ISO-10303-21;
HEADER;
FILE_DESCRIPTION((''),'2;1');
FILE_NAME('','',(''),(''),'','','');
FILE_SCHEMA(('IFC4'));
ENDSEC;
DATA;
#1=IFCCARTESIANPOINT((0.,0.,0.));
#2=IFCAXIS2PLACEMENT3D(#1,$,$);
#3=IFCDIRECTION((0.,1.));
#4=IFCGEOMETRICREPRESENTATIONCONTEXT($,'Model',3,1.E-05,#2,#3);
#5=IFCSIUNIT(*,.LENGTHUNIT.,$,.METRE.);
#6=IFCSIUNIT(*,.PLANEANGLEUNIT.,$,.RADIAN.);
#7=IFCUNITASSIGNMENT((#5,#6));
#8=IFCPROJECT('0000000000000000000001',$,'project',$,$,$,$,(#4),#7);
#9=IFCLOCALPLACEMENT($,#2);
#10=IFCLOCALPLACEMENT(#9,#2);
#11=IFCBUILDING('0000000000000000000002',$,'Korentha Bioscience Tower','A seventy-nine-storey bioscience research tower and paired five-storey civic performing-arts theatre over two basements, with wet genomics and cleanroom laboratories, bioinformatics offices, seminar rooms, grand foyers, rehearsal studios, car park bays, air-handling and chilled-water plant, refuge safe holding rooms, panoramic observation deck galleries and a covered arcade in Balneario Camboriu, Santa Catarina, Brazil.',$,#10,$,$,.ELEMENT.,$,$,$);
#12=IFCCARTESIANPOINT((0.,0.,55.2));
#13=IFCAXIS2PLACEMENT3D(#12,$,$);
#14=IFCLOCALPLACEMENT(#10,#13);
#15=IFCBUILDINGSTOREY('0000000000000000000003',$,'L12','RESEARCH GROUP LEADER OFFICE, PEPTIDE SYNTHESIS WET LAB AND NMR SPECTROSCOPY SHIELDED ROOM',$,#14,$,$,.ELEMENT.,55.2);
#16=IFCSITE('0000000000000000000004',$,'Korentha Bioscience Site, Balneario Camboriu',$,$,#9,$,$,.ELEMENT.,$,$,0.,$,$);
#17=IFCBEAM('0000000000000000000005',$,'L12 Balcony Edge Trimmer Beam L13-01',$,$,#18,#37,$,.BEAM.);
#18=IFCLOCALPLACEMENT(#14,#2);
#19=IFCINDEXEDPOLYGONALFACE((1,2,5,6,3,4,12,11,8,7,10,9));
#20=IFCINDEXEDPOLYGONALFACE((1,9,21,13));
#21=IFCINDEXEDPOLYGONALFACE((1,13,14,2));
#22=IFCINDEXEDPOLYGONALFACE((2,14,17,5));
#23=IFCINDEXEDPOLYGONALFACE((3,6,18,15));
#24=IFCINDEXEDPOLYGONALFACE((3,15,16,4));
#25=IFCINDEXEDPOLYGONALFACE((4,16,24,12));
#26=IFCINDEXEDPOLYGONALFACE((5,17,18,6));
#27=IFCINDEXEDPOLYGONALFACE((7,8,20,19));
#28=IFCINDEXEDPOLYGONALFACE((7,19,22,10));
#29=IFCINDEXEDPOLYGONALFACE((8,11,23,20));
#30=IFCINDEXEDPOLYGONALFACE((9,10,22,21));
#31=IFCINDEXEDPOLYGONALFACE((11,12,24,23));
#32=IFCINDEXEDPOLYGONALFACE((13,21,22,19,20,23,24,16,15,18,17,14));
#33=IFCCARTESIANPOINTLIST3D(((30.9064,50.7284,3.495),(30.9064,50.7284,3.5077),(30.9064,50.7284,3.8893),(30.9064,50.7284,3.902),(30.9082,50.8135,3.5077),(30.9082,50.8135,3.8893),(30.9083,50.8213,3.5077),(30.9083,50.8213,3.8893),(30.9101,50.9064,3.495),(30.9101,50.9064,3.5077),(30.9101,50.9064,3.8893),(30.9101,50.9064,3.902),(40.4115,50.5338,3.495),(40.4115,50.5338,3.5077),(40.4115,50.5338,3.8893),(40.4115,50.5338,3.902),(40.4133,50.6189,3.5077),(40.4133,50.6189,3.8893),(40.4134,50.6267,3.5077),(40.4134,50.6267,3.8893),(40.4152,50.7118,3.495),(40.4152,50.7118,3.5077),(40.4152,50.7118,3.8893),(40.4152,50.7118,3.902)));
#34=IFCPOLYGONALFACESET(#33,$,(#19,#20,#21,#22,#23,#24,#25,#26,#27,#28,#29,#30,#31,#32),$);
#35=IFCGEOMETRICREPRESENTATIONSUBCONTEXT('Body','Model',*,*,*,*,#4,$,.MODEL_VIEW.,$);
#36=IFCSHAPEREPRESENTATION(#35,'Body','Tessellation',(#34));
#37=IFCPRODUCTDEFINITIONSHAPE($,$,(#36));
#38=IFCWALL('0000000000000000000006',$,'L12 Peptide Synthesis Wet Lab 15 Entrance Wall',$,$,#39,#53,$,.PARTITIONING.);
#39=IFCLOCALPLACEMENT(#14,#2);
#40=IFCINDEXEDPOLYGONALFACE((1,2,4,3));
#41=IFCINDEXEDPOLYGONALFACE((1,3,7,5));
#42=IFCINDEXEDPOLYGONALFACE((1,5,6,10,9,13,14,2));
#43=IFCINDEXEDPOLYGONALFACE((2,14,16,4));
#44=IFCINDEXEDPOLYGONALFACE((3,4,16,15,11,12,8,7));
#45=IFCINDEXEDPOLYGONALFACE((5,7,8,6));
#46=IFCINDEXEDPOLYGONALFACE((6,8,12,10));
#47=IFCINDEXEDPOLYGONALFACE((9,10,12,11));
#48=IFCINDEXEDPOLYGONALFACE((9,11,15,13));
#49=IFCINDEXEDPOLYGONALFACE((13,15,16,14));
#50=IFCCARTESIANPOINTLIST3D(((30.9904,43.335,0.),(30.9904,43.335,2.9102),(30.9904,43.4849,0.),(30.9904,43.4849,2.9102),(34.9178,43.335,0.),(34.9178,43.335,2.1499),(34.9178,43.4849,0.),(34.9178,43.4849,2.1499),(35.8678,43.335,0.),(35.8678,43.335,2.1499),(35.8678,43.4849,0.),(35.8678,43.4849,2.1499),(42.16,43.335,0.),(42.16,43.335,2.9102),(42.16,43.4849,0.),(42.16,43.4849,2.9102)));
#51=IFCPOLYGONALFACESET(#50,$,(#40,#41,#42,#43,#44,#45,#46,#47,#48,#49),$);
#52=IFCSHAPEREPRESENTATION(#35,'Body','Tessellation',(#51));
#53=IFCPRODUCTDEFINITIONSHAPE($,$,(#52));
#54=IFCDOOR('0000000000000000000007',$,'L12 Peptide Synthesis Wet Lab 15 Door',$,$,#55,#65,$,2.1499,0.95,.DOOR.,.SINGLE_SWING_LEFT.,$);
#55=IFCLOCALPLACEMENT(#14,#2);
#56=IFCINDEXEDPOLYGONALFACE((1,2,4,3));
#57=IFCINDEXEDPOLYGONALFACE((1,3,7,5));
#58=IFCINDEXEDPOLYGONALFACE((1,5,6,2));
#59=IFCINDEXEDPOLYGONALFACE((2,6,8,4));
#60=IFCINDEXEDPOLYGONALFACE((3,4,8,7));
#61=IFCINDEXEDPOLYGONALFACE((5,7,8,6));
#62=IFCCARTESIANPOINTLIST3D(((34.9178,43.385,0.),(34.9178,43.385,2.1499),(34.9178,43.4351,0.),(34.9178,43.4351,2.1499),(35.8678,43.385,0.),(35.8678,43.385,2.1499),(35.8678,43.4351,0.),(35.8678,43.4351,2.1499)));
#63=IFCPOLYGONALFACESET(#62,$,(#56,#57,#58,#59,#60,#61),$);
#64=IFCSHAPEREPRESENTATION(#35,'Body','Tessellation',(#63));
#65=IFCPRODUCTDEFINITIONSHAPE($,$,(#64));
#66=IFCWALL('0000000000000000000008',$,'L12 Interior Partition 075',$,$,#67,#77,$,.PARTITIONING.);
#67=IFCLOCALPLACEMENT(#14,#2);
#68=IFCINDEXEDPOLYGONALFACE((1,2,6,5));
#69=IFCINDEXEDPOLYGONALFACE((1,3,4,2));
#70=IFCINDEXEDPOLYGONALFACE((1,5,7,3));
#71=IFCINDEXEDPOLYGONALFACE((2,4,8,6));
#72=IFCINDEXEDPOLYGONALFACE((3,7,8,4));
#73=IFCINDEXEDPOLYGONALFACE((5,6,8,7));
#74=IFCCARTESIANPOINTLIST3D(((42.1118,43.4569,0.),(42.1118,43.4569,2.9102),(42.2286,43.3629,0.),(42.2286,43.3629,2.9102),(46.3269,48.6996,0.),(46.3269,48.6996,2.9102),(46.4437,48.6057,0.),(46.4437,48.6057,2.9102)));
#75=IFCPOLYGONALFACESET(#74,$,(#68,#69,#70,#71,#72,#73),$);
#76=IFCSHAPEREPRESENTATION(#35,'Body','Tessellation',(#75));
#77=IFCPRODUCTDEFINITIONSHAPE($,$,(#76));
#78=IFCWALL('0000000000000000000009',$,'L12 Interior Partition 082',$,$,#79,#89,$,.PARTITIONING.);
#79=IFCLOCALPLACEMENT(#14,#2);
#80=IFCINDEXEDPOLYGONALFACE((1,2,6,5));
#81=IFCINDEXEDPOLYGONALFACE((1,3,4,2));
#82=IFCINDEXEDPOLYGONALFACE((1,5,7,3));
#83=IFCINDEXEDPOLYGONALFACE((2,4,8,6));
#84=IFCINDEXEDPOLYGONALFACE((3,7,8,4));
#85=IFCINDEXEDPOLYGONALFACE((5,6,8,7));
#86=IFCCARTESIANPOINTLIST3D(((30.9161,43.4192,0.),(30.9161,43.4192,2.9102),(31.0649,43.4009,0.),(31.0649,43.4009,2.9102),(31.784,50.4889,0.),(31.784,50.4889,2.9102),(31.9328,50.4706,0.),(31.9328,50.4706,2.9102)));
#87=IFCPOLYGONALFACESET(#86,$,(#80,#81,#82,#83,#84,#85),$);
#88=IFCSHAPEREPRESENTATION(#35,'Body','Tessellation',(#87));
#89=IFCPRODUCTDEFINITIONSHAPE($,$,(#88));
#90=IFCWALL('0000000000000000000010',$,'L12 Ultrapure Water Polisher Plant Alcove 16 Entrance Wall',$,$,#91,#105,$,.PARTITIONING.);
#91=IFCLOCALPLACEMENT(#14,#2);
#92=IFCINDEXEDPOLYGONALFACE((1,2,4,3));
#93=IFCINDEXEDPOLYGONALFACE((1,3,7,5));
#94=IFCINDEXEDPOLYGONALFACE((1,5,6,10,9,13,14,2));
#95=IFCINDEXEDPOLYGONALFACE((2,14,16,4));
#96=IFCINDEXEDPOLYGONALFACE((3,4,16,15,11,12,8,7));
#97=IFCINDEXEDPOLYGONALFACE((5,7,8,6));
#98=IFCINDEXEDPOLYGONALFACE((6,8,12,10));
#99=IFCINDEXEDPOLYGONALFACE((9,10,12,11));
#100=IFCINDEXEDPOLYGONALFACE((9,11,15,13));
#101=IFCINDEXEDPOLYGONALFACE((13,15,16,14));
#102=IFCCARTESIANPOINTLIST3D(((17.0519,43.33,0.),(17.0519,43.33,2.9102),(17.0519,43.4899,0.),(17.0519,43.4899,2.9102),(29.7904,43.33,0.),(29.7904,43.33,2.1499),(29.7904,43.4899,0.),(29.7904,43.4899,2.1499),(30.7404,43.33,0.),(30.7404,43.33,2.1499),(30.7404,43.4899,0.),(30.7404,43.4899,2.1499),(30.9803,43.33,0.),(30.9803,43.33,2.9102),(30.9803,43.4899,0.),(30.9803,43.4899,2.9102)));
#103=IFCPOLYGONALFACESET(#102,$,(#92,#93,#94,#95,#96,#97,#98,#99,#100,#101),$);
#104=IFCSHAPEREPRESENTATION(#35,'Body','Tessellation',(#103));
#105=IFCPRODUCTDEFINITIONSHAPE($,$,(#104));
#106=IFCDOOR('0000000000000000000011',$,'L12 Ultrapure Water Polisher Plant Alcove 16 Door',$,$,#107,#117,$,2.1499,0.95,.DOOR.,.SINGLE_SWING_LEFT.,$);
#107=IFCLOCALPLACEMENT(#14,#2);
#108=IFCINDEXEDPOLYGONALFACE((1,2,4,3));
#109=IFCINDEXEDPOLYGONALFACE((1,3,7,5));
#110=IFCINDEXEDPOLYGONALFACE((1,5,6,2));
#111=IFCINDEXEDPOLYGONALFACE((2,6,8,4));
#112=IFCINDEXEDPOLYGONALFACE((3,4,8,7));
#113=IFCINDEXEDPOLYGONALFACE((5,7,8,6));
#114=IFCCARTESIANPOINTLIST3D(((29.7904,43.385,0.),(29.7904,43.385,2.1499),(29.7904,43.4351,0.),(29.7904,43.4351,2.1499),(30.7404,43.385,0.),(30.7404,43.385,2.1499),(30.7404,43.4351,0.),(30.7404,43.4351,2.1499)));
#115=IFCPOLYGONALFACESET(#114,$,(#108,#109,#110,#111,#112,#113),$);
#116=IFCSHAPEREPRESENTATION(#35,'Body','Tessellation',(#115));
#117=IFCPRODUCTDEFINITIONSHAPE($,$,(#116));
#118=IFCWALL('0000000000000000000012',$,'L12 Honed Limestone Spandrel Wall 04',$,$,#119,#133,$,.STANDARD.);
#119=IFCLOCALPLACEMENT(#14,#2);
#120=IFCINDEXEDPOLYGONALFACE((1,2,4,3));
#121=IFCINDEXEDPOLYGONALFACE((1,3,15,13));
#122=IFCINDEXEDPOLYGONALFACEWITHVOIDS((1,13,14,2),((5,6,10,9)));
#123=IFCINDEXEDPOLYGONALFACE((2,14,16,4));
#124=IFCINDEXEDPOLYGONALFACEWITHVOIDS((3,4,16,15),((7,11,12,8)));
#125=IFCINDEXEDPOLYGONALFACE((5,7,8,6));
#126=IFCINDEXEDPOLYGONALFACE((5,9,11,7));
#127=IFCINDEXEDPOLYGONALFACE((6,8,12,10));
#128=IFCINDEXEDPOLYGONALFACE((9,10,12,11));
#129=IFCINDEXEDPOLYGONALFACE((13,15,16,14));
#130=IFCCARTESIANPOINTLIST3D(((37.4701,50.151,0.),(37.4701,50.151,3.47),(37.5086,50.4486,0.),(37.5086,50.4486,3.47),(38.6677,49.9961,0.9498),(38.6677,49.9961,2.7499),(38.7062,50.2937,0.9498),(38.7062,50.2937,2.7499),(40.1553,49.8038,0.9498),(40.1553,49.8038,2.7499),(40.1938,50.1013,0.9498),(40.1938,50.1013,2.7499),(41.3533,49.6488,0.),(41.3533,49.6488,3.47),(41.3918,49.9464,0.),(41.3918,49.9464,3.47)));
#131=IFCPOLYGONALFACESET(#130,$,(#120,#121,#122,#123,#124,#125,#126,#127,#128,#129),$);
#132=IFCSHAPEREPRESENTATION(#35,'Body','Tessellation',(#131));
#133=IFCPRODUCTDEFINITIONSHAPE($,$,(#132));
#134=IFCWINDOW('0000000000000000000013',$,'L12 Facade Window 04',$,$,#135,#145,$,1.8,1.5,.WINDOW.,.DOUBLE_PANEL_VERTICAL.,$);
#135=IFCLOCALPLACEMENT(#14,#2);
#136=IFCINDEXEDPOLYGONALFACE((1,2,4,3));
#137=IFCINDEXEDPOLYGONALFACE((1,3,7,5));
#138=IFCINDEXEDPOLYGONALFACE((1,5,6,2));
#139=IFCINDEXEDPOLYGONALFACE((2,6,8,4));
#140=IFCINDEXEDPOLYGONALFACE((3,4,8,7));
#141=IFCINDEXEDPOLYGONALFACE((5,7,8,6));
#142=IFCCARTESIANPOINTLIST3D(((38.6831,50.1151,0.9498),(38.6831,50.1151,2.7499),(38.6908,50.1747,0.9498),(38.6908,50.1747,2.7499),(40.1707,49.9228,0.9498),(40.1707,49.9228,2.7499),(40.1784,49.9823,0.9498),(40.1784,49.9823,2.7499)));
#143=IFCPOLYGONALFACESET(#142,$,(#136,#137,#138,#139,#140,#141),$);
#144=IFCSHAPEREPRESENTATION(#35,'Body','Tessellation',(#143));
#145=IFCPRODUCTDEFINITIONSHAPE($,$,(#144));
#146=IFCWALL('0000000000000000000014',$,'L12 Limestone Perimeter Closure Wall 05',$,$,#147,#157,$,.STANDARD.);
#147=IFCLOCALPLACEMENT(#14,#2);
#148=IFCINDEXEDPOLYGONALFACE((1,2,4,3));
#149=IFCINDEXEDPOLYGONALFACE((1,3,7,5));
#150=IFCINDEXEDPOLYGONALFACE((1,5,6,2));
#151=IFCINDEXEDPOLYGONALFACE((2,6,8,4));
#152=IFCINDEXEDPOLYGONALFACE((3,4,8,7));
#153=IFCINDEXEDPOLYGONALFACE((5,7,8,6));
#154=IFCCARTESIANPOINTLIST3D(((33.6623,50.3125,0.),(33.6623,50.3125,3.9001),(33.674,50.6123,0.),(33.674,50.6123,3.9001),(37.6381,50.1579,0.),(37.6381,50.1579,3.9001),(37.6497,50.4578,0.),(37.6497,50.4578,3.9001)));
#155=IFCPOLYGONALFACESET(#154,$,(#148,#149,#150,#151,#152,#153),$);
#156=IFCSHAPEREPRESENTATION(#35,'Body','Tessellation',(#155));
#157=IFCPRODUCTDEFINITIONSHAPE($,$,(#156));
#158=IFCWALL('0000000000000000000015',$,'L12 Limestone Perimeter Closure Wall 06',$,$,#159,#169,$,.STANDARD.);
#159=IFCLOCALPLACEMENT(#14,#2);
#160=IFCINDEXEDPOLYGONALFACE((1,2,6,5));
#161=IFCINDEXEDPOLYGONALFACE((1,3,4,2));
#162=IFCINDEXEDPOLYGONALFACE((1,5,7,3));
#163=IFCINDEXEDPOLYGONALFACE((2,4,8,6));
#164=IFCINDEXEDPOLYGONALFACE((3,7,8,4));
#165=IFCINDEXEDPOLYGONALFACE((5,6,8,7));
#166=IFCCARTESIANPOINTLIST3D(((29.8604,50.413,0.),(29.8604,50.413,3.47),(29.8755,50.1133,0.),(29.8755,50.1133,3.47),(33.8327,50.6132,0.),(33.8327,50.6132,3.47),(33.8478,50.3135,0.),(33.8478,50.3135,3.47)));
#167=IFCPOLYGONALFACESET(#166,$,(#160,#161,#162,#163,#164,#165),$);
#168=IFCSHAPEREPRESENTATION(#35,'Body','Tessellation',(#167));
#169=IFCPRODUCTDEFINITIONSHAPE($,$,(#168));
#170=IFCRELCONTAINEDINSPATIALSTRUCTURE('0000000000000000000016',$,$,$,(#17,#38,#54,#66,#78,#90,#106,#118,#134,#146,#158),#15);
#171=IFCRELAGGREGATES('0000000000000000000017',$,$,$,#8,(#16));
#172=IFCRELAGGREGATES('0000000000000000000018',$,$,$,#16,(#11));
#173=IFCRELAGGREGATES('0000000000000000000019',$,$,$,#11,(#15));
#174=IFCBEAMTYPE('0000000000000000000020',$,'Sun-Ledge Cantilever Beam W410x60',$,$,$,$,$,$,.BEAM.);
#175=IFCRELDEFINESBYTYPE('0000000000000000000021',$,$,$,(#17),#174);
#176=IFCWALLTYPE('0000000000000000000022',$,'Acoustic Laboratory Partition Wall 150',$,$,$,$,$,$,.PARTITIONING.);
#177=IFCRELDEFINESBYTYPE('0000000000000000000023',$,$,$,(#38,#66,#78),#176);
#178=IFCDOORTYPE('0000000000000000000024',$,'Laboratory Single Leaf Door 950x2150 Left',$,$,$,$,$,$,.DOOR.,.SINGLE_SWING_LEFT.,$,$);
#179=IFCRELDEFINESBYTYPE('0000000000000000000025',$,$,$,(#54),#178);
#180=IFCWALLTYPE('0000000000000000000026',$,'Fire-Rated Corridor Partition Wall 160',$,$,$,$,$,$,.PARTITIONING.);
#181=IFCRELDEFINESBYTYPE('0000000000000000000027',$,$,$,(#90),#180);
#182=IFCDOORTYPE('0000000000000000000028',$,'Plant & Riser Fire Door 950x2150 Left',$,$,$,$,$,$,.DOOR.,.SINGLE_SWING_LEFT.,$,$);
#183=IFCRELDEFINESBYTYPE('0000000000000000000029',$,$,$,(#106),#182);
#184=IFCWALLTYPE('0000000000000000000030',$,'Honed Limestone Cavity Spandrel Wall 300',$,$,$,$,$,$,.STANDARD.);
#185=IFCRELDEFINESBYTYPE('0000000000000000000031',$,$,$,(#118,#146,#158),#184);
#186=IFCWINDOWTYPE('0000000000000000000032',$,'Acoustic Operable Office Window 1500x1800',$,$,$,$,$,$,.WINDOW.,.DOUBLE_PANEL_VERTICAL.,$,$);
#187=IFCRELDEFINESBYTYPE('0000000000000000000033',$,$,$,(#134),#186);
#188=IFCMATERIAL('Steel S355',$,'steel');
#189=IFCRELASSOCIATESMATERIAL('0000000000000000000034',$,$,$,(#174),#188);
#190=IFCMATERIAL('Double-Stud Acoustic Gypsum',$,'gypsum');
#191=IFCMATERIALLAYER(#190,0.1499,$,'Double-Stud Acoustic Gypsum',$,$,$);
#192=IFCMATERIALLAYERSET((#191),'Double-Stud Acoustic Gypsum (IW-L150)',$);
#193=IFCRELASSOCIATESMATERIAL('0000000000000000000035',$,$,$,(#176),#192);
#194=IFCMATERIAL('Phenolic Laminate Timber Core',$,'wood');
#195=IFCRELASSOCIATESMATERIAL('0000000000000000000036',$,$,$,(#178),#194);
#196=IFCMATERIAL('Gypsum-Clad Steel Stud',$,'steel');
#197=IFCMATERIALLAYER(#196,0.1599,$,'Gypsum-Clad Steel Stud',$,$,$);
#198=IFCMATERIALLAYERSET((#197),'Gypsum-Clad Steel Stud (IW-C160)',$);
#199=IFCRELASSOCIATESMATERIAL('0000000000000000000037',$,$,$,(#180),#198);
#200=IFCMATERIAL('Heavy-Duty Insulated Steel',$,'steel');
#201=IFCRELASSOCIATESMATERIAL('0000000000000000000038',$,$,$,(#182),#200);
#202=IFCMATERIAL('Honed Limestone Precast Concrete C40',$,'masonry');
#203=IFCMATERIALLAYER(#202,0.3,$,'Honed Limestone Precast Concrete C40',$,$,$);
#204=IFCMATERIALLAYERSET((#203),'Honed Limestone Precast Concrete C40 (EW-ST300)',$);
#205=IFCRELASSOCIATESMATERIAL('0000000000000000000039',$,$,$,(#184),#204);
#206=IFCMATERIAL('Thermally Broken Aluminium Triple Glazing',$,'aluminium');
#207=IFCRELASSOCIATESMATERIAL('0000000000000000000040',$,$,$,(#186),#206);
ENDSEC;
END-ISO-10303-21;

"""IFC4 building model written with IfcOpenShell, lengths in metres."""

from ifc_helpers import new_model, si_unit, direction, frame, frame_2d, origin, origin_2d, place, context, subcontext, project, spatial, rectangle, i_section, extrude, material, layer, layer_set, material_profile, profile_set, type_object, element, fill, save


model = new_model("IFC4")

# Units and contexts
model_context = context("Model", 3, precision=1e-05, world=origin(), true_north=direction((0.0, 1.0)))
body_context = subcontext(model_context, "Body", "Model", "MODEL_VIEW")
ifc_project = project(units=[si_unit("LENGTHUNIT", "METRE"), si_unit("PLANEANGLEUNIT", "RADIAN")], contexts=[model_context])

# Site, building, storey
site_placement = place(None, origin())
site = spatial("IfcSite", under=ifc_project, at=site_placement, Name="Korentha Bioscience Site, Balneario Camboriu", CompositionType="ELEMENT", RefElevation=0.0)
building_placement = place(site_placement, origin())
building = spatial("IfcBuilding", under=site, at=building_placement, Name="Korentha Bioscience Tower", Description="A seventy-nine-storey bioscience research tower and paired five-storey civic performing-arts theatre over two basements, with wet genomics and cleanroom laboratories, bioinformatics offices, seminar rooms, grand foyers, rehearsal studios, car park bays, air-handling and chilled-water plant, refuge safe holding rooms, panoramic observation deck galleries and a covered arcade in Balneario Camboriu, Santa Catarina, Brazil.", CompositionType="ELEMENT")
storey_placement = place(building_placement, frame((0.0, 0.0, 55.2)))
storey = spatial("IfcBuildingStorey", under=building, at=storey_placement, Name="L12", Description="RESEARCH GROUP LEADER OFFICE, PEPTIDE SYNTHESIS WET LAB AND NMR SPECTROSCOPY SHIELDED ROOM", CompositionType="ELEMENT", Elevation=55.2)

# Beam
ifc_material_1 = material(Name="Steel S355", Category="steel")
ifc_material_profile_1 = material_profile(ifc_material_1, i_section(OverallWidth=0.178, OverallDepth=0.407, WebThickness=0.0078, FlangeThickness=0.0127, at=origin_2d()), Name="Steel S355")
ifc_profile_set_1 = profile_set([ifc_material_profile_1], Name="Steel S355 (CB-410)")
beam_type_1 = type_object("IfcBeamType", Name="Sun-Ledge Cantilever Beam W410x60", PredefinedType="BEAM", material=ifc_profile_set_1)
beam_1_placement = place(storey_placement, frame((40.4133, 50.6228, 3.6985), z_axis=(-0.999791, 0.020467, 0.0), x_axis=(-0.020467, -0.999791, 0.0)))
element("IfcBeam", 1, at=beam_1_placement, inside=storey, type_object=beam_type_1, Name="L12 Balcony Edge Trimmer Beam L13-01", PredefinedType="BEAM", context=body_context, shape_type="SweptSolid", body=[
    extrude(i_section(OverallWidth=0.178, OverallDepth=0.407, WebThickness=0.0078, FlangeThickness=0.0127, at=origin_2d()), origin(), (0.0, 0.0, 1.0), 9.5071),
])

# Wall, opening, door
ifc_material_2 = material(Name="Double-Stud Acoustic Gypsum", Category="gypsum")
ifc_layer_1 = layer(ifc_material_2, 0.1499, Name="Double-Stud Acoustic Gypsum")
ifc_layer_set_1 = layer_set([ifc_layer_1], Name="Double-Stud Acoustic Gypsum (IW-L150)")
wall_type_1 = type_object("IfcWallType", Name="Acoustic Laboratory Partition Wall 150", PredefinedType="PARTITIONING", material=ifc_layer_set_1)
wall_1_placement = place(storey_placement, frame((42.1602, 43.4099, 0.0), z_axis=(0.0, 0.0, 1.0), x_axis=(-1.0, 0.0, 0.0)))
wall_1 = element("IfcWall", 2, at=wall_1_placement, inside=storey, type_object=wall_type_1, Name="L12 Peptide Synthesis Wet Lab 15 Entrance Wall", PredefinedType="PARTITIONING", context=body_context, shape_type="SweptSolid", body=[
    extrude(rectangle(XDim=11.1697, YDim=0.1499, at=frame_2d((5.585, 0.0))), origin(), (0.0, 0.0, 1.0), 2.9102),
])
opening_1_placement = place(wall_1_placement, frame((6.2922, 0.0, 0.0)))
opening_1 = element("IfcOpeningElement", 3, at=opening_1_placement, cuts=wall_1, PredefinedType="OPENING", context=body_context, shape_type="SweptSolid", body=[
    extrude(rectangle(XDim=0.95, YDim=2.1499, at=frame_2d((0.4751, 1.075))), frame((0.0, 0.0898, 0.0), z_axis=(0.0, -1.0, 0.0), x_axis=(1.0, 0.0, 0.0)), (0.0, 0.0, 1.0), 0.1797),
])
ifc_material_3 = material(Name="Phenolic Laminate Timber Core", Category="wood")
door_type_1 = type_object("IfcDoorType", Name="Laboratory Single Leaf Door 950x2150 Left", OperationType="SINGLE_SWING_LEFT", PredefinedType="DOOR", material=ifc_material_3)
door_1_placement = place(opening_1_placement, origin())
door_1 = element("IfcDoor", 4, at=door_1_placement, inside=storey, type_object=door_type_1, Name="L12 Peptide Synthesis Wet Lab 15 Door", OperationType="SINGLE_SWING_LEFT", OverallHeight=2.1499, OverallWidth=0.95, PredefinedType="DOOR", context=body_context, shape_type="SweptSolid", body=[
    extrude(rectangle(XDim=0.95, YDim=2.1499, at=frame_2d((0.4751, 1.075))), frame((0.0, 0.0249, 0.0), z_axis=(0.0, -1.0, 0.0), x_axis=(1.0, 0.0, 0.0)), (0.0, 0.0, 1.0), 0.05),
])
fill(opening_1, door_1)

# Walls
wall_2_placement = place(storey_placement, frame((42.1702, 43.4099, 0.0), z_axis=(0.0, 0.0, 1.0), x_axis=(0.626592, 0.779348, 0.0)))
element("IfcWall", 5, at=wall_2_placement, inside=storey, type_object=wall_type_1, Name="L12 Interior Partition 075", PredefinedType="PARTITIONING", context=body_context, shape_type="SweptSolid", body=[
    extrude(rectangle(XDim=6.7271, YDim=0.1499, at=frame_2d((3.3635, 0.0))), origin(), (0.0, 0.0, 1.0), 2.9102),
])
wall_3_placement = place(storey_placement, frame((30.9905, 43.4099, 0.0), z_axis=(0.0, 0.0, 1.0), x_axis=(0.121849, 0.992549, 0.0)))
element("IfcWall", 6, at=wall_3_placement, inside=storey, type_object=wall_type_1, Name="L12 Interior Partition 082", PredefinedType="PARTITIONING", context=body_context, shape_type="SweptSolid", body=[
    extrude(rectangle(XDim=7.1228, YDim=0.1499, at=frame_2d((3.5615, 0.0))), origin(), (0.0, 0.0, 1.0), 2.9102),
])

# Wall, opening, door
ifc_material_4 = material(Name="Gypsum-Clad Steel Stud", Category="steel")
ifc_layer_2 = layer(ifc_material_4, 0.1599, Name="Gypsum-Clad Steel Stud")
ifc_layer_set_2 = layer_set([ifc_layer_2], Name="Gypsum-Clad Steel Stud (IW-C160)")
wall_type_2 = type_object("IfcWallType", Name="Fire-Rated Corridor Partition Wall 160", PredefinedType="PARTITIONING", material=ifc_layer_set_2)
wall_4_placement = place(storey_placement, frame((30.9805, 43.4099, 0.0), z_axis=(0.0, 0.0, 1.0), x_axis=(-1.0, 0.0, 0.0)))
wall_4 = element("IfcWall", 7, at=wall_4_placement, inside=storey, type_object=wall_type_2, Name="L12 Ultrapure Water Polisher Plant Alcove 16 Entrance Wall", PredefinedType="PARTITIONING", context=body_context, shape_type="SweptSolid", body=[
    extrude(rectangle(XDim=13.9285, YDim=0.1599, at=frame_2d((6.9644, 0.0))), origin(), (0.0, 0.0, 1.0), 2.9102),
])
opening_2_placement = place(wall_4_placement, frame((0.24, 0.0, 0.0)))
opening_2 = element("IfcOpeningElement", 8, at=opening_2_placement, cuts=wall_4, PredefinedType="OPENING", context=body_context, shape_type="SweptSolid", body=[
    extrude(rectangle(XDim=0.95, YDim=2.1499, at=frame_2d((0.4751, 1.075))), frame((0.0, 0.0947, 0.0), z_axis=(0.0, -1.0, 0.0), x_axis=(1.0, 0.0, 0.0)), (0.0, 0.0, 1.0), 0.1897),
])
ifc_material_5 = material(Name="Heavy-Duty Insulated Steel", Category="steel")
door_type_2 = type_object("IfcDoorType", Name="Plant & Riser Fire Door 950x2150 Left", OperationType="SINGLE_SWING_LEFT", PredefinedType="DOOR", material=ifc_material_5)
door_2_placement = place(opening_2_placement, origin())
door_2 = element("IfcDoor", 9, at=door_2_placement, inside=storey, type_object=door_type_2, Name="L12 Ultrapure Water Polisher Plant Alcove 16 Door", OperationType="SINGLE_SWING_LEFT", OverallHeight=2.1499, OverallWidth=0.95, PredefinedType="DOOR", context=body_context, shape_type="SweptSolid", body=[
    extrude(rectangle(XDim=0.95, YDim=2.1499, at=frame_2d((0.4751, 1.075))), frame((0.0, 0.0249, 0.0), z_axis=(0.0, -1.0, 0.0), x_axis=(1.0, 0.0, 0.0)), (0.0, 0.0, 1.0), 0.05),
])
fill(opening_2, door_2)

# Wall, opening, window
ifc_material_6 = material(Name="Honed Limestone Precast Concrete C40", Category="masonry")
ifc_layer_3 = layer(ifc_material_6, 0.3, Name="Honed Limestone Precast Concrete C40")
ifc_layer_set_3 = layer_set([ifc_layer_3], Name="Honed Limestone Precast Concrete C40 (EW-ST300)")
wall_type_3 = type_object("IfcWallType", Name="Honed Limestone Cavity Spandrel Wall 300", PredefinedType="STANDARD", material=ifc_layer_set_3)
wall_5_placement = place(storey_placement, frame((41.3726, 49.7976, 0.0), z_axis=(0.0, 0.0, 1.0), x_axis=(-0.991741, 0.128254, 0.0)))
wall_5 = element("IfcWall", 10, at=wall_5_placement, inside=storey, type_object=wall_type_3, Name="L12 Honed Limestone Spandrel Wall 04", PredefinedType="STANDARD", context=body_context, shape_type="SweptSolid", body=[
    extrude(rectangle(XDim=3.9155, YDim=0.3, at=frame_2d((1.9578, 0.0))), origin(), (0.0, 0.0, 1.0), 3.47),
])
opening_3_placement = place(wall_5_placement, frame((1.208, 0.0, 0.95)))
opening_3 = element("IfcOpeningElement", 11, at=opening_3_placement, cuts=wall_5, PredefinedType="OPENING", context=body_context, shape_type="SweptSolid", body=[
    extrude(rectangle(XDim=1.5, YDim=1.8, at=frame_2d((0.75, 0.8999))), frame((0.0, 0.165, 0.0), z_axis=(0.0, -1.0, 0.0), x_axis=(1.0, 0.0, 0.0)), (0.0, 0.0, 1.0), 0.3298),
])
ifc_material_7 = material(Name="Thermally Broken Aluminium Triple Glazing", Category="aluminium")
window_type = type_object("IfcWindowType", Name="Acoustic Operable Office Window 1500x1800", PartitioningType="DOUBLE_PANEL_VERTICAL", PredefinedType="WINDOW", material=ifc_material_7)
window_placement = place(opening_3_placement, origin())
window = element("IfcWindow", 12, at=window_placement, inside=storey, type_object=window_type, Name="L12 Facade Window 04", OverallHeight=1.8, OverallWidth=1.5, PartitioningType="DOUBLE_PANEL_VERTICAL", PredefinedType="WINDOW", context=body_context, shape_type="SweptSolid", body=[
    extrude(rectangle(XDim=1.5, YDim=1.8, at=frame_2d((0.75, 0.8999))), frame((0.0, 0.03, 0.0), z_axis=(0.0, -1.0, 0.0), x_axis=(1.0, 0.0, 0.0)), (0.0, 0.0, 1.0), 0.0601),
])
fill(opening_3, window)

# Walls
wall_6_placement = place(storey_placement, frame((37.6438, 50.3079, 0.0), z_axis=(0.0, 0.0, 1.0), x_axis=(-0.999245, 0.038841, 0.0)))
element("IfcWall", 13, at=wall_6_placement, inside=storey, type_object=wall_type_3, Name="L12 Limestone Perimeter Closure Wall 05", PredefinedType="STANDARD", context=body_context, shape_type="SweptSolid", body=[
    extrude(rectangle(XDim=3.9788, YDim=0.3, at=frame_2d((1.9893, 0.0))), origin(), (0.0, 0.0, 1.0), 3.9001),
])
wall_7_placement = place(storey_placement, frame((33.8403, 50.4634, 0.0), z_axis=(0.0, 0.0, 1.0), x_axis=(-0.998732, -0.050336, 0.0)))
element("IfcWall", 14, at=wall_7_placement, inside=storey, type_object=wall_type_3, Name="L12 Limestone Perimeter Closure Wall 06", PredefinedType="STANDARD", context=body_context, shape_type="SweptSolid", body=[
    extrude(rectangle(XDim=3.9773, YDim=0.3, at=frame_2d((1.9888, 0.0))), origin(), (0.0, 0.0, 1.0), 3.47),
])

save(model, "model.ifc")
